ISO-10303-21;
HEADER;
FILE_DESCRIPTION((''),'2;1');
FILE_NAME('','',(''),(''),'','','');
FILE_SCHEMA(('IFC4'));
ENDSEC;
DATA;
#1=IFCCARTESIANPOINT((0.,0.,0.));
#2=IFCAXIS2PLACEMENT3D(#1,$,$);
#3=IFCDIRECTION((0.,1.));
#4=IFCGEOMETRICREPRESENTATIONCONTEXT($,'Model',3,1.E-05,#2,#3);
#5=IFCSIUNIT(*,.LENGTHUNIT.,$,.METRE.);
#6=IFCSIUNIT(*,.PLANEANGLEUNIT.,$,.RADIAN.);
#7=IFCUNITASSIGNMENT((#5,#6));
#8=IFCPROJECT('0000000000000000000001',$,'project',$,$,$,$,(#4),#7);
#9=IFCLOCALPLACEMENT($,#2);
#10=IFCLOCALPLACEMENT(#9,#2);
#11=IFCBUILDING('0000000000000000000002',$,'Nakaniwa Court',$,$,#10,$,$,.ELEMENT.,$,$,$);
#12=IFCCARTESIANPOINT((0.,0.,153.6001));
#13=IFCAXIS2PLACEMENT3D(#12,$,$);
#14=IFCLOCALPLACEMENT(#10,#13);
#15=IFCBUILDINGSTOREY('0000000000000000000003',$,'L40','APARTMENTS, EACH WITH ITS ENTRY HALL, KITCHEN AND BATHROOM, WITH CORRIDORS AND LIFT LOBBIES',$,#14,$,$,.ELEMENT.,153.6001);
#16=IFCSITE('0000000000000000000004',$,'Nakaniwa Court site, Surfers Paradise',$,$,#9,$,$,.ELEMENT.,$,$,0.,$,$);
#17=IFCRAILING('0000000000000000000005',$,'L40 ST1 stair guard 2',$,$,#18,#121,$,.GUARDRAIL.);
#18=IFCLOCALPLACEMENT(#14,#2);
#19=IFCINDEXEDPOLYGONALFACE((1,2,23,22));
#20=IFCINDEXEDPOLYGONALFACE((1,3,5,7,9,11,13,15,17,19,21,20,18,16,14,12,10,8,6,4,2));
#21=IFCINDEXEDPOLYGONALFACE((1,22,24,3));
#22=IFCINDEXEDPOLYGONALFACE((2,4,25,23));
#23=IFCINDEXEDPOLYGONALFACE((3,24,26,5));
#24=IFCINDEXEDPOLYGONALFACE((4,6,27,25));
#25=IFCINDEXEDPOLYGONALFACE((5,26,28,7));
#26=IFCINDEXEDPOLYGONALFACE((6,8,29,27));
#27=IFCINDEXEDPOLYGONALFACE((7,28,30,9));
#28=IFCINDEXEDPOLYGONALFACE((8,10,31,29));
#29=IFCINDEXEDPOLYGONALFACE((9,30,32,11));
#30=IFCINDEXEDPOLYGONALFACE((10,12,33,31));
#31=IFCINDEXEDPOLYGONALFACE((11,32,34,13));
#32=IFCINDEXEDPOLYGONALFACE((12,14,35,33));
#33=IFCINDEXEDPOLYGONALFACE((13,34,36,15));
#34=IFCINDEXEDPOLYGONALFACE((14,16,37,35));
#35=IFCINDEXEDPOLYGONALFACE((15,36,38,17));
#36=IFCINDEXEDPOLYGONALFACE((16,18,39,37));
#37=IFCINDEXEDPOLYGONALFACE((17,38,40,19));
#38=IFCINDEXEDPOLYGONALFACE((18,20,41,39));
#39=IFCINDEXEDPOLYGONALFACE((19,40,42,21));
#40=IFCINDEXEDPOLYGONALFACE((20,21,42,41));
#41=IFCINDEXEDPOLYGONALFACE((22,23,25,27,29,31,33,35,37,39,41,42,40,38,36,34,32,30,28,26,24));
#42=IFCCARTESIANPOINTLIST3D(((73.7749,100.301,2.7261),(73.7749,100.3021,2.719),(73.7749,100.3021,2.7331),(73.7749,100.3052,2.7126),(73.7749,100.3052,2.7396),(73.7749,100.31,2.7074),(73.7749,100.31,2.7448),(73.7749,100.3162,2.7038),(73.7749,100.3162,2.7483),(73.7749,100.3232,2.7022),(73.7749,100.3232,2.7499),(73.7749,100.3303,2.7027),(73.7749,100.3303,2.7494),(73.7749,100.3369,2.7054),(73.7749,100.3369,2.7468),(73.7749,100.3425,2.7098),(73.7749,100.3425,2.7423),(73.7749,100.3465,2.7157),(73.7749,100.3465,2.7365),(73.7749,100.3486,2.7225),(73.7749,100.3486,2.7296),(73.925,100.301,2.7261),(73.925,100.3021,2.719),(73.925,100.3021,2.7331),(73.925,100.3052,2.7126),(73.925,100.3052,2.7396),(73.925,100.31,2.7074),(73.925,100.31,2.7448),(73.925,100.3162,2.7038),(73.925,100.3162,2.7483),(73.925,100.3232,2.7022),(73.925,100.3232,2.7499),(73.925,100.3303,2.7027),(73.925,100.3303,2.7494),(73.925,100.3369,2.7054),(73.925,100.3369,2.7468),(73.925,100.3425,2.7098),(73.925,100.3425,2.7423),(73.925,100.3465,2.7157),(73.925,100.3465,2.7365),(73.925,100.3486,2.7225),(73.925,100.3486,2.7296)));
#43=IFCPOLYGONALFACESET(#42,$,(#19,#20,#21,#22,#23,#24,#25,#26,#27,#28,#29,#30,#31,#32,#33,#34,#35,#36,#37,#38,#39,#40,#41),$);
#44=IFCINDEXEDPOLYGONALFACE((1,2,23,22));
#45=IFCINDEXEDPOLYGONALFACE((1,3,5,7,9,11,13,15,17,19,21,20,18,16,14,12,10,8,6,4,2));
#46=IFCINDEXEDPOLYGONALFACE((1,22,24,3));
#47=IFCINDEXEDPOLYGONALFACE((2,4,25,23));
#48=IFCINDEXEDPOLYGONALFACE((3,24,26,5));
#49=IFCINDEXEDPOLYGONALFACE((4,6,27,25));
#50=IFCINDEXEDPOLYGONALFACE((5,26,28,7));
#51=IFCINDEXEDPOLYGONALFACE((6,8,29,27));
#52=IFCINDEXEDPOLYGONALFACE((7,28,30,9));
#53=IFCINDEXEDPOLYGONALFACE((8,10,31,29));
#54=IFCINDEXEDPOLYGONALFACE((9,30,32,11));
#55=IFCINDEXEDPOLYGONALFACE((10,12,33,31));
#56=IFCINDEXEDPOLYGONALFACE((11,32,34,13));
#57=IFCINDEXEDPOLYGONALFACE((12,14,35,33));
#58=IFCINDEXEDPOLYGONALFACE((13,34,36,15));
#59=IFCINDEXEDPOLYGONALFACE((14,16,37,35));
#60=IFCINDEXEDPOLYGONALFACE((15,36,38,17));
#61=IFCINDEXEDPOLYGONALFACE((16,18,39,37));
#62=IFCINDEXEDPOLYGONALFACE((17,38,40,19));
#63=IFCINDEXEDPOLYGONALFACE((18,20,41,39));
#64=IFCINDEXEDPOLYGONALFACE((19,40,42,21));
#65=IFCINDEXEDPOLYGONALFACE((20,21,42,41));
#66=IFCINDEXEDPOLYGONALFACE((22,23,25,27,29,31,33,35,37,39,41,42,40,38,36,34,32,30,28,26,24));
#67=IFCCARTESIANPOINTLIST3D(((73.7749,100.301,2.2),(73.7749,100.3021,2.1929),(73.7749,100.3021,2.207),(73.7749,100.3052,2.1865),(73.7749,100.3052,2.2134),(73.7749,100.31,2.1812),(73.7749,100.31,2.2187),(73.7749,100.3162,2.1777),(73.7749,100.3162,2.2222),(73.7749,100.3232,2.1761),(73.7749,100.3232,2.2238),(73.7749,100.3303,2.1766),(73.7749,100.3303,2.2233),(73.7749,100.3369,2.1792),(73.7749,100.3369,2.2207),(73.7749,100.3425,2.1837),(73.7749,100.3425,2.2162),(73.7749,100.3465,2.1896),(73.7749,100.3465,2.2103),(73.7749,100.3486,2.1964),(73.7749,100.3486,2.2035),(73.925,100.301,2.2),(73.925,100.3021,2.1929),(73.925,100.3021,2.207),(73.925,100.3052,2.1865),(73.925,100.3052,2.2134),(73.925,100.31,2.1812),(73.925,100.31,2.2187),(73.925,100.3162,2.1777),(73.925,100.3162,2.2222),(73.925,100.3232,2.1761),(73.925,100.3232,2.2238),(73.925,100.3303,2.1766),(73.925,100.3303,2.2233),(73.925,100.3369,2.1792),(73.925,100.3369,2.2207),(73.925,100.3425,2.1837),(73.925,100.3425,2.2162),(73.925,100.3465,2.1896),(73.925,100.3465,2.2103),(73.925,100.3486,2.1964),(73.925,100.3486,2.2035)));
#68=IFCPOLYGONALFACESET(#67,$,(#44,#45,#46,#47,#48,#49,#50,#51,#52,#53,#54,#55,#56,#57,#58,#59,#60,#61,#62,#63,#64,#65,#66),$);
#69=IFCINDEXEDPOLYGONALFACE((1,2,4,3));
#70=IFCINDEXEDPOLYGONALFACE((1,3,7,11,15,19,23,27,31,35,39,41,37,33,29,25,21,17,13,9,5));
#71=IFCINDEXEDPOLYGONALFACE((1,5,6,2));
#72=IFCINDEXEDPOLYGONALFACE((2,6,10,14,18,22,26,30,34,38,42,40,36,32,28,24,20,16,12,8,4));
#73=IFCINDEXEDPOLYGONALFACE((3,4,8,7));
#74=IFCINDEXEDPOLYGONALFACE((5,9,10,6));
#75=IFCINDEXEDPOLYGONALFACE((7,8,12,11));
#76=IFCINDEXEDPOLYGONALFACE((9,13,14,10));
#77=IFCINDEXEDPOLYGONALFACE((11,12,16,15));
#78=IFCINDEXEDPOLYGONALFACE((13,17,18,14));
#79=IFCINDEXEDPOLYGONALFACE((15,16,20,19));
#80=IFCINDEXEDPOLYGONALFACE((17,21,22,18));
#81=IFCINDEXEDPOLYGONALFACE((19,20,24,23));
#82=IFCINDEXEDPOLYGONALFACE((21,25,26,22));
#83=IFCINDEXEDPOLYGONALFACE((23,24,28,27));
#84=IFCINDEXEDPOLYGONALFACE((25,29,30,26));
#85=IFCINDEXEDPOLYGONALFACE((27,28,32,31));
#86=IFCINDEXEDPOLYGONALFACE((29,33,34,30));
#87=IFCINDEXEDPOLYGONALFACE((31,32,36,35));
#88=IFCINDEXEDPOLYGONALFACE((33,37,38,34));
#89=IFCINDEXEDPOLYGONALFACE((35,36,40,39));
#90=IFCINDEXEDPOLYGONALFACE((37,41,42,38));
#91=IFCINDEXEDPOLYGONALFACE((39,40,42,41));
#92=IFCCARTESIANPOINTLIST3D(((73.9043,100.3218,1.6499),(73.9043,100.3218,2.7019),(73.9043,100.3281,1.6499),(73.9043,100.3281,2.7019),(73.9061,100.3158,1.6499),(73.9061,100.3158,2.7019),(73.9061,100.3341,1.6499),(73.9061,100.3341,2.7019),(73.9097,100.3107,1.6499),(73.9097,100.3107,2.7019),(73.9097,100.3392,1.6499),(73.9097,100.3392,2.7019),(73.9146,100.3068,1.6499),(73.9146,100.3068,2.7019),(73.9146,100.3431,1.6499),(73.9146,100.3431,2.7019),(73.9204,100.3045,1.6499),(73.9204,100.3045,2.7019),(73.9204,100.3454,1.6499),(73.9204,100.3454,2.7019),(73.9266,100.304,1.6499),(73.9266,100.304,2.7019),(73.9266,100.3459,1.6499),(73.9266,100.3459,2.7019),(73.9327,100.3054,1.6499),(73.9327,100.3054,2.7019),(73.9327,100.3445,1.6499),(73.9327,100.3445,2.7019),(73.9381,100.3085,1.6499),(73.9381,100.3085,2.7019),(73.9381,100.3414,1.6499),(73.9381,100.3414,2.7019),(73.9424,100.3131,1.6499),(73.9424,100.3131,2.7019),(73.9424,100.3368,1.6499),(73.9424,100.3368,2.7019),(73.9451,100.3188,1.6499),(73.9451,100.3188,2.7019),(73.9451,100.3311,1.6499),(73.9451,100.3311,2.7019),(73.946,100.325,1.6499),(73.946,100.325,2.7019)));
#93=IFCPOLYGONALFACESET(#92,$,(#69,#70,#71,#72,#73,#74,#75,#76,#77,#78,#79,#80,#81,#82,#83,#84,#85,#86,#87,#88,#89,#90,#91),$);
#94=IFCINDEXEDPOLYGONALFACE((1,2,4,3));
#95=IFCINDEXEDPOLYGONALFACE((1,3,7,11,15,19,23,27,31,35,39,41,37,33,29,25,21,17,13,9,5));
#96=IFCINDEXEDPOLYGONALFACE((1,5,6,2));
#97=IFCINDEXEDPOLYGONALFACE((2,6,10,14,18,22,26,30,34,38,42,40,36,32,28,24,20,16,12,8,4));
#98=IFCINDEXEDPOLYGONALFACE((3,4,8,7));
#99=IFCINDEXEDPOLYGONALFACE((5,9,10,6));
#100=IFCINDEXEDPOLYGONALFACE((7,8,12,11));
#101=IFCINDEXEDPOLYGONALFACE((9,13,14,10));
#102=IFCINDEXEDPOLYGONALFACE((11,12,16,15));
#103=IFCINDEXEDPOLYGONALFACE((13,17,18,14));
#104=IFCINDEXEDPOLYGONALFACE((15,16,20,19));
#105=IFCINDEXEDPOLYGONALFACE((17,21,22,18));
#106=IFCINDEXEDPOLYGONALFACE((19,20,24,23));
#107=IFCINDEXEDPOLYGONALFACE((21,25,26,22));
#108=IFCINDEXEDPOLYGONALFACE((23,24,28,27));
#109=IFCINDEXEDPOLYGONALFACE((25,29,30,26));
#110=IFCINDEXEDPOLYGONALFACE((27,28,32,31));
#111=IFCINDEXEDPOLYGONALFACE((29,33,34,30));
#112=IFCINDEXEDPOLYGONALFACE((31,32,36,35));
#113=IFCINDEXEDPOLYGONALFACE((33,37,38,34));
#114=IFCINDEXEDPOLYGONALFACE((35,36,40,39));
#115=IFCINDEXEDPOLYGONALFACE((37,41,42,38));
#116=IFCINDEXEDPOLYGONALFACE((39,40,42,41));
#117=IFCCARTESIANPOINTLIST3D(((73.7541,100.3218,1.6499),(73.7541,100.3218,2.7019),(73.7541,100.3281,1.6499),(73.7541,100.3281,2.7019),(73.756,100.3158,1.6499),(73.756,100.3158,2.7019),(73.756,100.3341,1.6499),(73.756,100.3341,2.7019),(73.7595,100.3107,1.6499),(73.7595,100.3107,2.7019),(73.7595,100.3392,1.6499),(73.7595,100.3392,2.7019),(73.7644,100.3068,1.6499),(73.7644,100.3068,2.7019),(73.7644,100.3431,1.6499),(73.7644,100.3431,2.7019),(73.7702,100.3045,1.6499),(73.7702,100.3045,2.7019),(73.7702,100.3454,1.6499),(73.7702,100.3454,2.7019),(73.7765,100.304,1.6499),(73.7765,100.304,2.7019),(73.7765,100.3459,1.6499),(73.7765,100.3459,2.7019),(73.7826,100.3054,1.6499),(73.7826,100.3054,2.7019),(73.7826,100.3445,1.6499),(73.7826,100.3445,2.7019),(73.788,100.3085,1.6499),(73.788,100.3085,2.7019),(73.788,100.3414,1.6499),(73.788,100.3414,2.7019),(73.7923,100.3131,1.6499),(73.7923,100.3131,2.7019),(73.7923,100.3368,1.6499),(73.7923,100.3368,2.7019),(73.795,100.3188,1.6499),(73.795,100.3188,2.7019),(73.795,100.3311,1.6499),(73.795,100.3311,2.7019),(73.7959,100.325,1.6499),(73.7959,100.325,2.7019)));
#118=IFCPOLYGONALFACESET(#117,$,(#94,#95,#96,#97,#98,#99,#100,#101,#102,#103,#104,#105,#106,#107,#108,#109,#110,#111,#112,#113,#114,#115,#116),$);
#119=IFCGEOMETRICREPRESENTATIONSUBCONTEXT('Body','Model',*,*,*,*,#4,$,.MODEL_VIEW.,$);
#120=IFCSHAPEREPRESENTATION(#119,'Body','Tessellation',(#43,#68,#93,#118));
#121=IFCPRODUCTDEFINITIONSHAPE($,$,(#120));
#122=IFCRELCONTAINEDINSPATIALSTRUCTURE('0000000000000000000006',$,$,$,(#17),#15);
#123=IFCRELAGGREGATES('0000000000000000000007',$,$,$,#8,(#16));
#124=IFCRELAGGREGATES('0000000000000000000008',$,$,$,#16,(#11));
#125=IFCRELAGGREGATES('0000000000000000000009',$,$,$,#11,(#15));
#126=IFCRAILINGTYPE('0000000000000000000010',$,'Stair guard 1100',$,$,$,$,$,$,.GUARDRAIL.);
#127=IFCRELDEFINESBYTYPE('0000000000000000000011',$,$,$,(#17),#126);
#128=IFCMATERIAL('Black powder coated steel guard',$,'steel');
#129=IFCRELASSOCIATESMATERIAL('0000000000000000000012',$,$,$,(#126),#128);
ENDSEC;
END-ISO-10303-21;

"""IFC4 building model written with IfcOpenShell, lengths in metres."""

from ifc_helpers import new_model, si_unit, direction, frame, origin, origin_2d, place, context, subcontext, project, spatial, circle, extrude, material, type_object, element, save


model = new_model("IFC4")

# Units and contexts
model_context = context("Model", 3, precision=1e-05, world=origin(), true_north=direction((0.0, 1.0)))
body_context = subcontext(model_context, "Body", "Model", "MODEL_VIEW")
ifc_project = project(units=[si_unit("LENGTHUNIT", "METRE"), si_unit("PLANEANGLEUNIT", "RADIAN")], contexts=[model_context])

# Site, building, storey
site_placement = place(None, origin())
site = spatial("IfcSite", under=ifc_project, at=site_placement, Name="Nakaniwa Court site, Surfers Paradise", CompositionType="ELEMENT", RefElevation=0.0)
building_placement = place(site_placement, origin())
building = spatial("IfcBuilding", under=site, at=building_placement, Name="Nakaniwa Court", CompositionType="ELEMENT")
storey_placement = place(building_placement, frame((0.0, 0.0, 153.6001)))
storey = spatial("IfcBuildingStorey", under=building, at=storey_placement, Name="L40", Description="APARTMENTS, EACH WITH ITS ENTRY HALL, KITCHEN AND BATHROOM, WITH CORRIDORS AND LIFT LOBBIES", CompositionType="ELEMENT", Elevation=153.6001)

# Railing
ifc_material_1 = material(Name="Black powder coated steel guard", Category="steel")
railing_type_1 = type_object("IfcRailingType", Name="Stair guard 1100", PredefinedType="GUARDRAIL", material=ifc_material_1)
railing_1_placement = place(storey_placement, frame((73.925, 100.325, 1.6499)))
element("IfcRailing", 1, at=railing_1_placement, inside=storey, type_object=railing_type_1, Name="L40 ST1 stair guard 2", PredefinedType="GUARDRAIL", context=body_context, shape_type="SweptSolid", body=[
    extrude(circle(Radius=0.0239, at=origin_2d()), frame((0.0, 0.0, 1.0762), z_axis=(-1.0, 0.0, 0.0), x_axis=(0.0, -1.0, 0.0)), (0.0, 0.0, 1.0), 0.1501),
    extrude(circle(Radius=0.0239, at=origin_2d()), frame((0.0, 0.0, 0.55), z_axis=(-1.0, 0.0, 0.0), x_axis=(0.0, -1.0, 0.0)), (0.0, 0.0, 1.0), 0.1501),
    extrude(circle(Radius=0.021, at=origin_2d()), origin(), (0.0, 0.0, 1.0), 1.052),
    extrude(circle(Radius=0.021, at=origin_2d()), frame((-0.1501, 0.0, 0.0)), (0.0, 0.0, 1.0), 1.052),
])

save(model, "model.ifc")
